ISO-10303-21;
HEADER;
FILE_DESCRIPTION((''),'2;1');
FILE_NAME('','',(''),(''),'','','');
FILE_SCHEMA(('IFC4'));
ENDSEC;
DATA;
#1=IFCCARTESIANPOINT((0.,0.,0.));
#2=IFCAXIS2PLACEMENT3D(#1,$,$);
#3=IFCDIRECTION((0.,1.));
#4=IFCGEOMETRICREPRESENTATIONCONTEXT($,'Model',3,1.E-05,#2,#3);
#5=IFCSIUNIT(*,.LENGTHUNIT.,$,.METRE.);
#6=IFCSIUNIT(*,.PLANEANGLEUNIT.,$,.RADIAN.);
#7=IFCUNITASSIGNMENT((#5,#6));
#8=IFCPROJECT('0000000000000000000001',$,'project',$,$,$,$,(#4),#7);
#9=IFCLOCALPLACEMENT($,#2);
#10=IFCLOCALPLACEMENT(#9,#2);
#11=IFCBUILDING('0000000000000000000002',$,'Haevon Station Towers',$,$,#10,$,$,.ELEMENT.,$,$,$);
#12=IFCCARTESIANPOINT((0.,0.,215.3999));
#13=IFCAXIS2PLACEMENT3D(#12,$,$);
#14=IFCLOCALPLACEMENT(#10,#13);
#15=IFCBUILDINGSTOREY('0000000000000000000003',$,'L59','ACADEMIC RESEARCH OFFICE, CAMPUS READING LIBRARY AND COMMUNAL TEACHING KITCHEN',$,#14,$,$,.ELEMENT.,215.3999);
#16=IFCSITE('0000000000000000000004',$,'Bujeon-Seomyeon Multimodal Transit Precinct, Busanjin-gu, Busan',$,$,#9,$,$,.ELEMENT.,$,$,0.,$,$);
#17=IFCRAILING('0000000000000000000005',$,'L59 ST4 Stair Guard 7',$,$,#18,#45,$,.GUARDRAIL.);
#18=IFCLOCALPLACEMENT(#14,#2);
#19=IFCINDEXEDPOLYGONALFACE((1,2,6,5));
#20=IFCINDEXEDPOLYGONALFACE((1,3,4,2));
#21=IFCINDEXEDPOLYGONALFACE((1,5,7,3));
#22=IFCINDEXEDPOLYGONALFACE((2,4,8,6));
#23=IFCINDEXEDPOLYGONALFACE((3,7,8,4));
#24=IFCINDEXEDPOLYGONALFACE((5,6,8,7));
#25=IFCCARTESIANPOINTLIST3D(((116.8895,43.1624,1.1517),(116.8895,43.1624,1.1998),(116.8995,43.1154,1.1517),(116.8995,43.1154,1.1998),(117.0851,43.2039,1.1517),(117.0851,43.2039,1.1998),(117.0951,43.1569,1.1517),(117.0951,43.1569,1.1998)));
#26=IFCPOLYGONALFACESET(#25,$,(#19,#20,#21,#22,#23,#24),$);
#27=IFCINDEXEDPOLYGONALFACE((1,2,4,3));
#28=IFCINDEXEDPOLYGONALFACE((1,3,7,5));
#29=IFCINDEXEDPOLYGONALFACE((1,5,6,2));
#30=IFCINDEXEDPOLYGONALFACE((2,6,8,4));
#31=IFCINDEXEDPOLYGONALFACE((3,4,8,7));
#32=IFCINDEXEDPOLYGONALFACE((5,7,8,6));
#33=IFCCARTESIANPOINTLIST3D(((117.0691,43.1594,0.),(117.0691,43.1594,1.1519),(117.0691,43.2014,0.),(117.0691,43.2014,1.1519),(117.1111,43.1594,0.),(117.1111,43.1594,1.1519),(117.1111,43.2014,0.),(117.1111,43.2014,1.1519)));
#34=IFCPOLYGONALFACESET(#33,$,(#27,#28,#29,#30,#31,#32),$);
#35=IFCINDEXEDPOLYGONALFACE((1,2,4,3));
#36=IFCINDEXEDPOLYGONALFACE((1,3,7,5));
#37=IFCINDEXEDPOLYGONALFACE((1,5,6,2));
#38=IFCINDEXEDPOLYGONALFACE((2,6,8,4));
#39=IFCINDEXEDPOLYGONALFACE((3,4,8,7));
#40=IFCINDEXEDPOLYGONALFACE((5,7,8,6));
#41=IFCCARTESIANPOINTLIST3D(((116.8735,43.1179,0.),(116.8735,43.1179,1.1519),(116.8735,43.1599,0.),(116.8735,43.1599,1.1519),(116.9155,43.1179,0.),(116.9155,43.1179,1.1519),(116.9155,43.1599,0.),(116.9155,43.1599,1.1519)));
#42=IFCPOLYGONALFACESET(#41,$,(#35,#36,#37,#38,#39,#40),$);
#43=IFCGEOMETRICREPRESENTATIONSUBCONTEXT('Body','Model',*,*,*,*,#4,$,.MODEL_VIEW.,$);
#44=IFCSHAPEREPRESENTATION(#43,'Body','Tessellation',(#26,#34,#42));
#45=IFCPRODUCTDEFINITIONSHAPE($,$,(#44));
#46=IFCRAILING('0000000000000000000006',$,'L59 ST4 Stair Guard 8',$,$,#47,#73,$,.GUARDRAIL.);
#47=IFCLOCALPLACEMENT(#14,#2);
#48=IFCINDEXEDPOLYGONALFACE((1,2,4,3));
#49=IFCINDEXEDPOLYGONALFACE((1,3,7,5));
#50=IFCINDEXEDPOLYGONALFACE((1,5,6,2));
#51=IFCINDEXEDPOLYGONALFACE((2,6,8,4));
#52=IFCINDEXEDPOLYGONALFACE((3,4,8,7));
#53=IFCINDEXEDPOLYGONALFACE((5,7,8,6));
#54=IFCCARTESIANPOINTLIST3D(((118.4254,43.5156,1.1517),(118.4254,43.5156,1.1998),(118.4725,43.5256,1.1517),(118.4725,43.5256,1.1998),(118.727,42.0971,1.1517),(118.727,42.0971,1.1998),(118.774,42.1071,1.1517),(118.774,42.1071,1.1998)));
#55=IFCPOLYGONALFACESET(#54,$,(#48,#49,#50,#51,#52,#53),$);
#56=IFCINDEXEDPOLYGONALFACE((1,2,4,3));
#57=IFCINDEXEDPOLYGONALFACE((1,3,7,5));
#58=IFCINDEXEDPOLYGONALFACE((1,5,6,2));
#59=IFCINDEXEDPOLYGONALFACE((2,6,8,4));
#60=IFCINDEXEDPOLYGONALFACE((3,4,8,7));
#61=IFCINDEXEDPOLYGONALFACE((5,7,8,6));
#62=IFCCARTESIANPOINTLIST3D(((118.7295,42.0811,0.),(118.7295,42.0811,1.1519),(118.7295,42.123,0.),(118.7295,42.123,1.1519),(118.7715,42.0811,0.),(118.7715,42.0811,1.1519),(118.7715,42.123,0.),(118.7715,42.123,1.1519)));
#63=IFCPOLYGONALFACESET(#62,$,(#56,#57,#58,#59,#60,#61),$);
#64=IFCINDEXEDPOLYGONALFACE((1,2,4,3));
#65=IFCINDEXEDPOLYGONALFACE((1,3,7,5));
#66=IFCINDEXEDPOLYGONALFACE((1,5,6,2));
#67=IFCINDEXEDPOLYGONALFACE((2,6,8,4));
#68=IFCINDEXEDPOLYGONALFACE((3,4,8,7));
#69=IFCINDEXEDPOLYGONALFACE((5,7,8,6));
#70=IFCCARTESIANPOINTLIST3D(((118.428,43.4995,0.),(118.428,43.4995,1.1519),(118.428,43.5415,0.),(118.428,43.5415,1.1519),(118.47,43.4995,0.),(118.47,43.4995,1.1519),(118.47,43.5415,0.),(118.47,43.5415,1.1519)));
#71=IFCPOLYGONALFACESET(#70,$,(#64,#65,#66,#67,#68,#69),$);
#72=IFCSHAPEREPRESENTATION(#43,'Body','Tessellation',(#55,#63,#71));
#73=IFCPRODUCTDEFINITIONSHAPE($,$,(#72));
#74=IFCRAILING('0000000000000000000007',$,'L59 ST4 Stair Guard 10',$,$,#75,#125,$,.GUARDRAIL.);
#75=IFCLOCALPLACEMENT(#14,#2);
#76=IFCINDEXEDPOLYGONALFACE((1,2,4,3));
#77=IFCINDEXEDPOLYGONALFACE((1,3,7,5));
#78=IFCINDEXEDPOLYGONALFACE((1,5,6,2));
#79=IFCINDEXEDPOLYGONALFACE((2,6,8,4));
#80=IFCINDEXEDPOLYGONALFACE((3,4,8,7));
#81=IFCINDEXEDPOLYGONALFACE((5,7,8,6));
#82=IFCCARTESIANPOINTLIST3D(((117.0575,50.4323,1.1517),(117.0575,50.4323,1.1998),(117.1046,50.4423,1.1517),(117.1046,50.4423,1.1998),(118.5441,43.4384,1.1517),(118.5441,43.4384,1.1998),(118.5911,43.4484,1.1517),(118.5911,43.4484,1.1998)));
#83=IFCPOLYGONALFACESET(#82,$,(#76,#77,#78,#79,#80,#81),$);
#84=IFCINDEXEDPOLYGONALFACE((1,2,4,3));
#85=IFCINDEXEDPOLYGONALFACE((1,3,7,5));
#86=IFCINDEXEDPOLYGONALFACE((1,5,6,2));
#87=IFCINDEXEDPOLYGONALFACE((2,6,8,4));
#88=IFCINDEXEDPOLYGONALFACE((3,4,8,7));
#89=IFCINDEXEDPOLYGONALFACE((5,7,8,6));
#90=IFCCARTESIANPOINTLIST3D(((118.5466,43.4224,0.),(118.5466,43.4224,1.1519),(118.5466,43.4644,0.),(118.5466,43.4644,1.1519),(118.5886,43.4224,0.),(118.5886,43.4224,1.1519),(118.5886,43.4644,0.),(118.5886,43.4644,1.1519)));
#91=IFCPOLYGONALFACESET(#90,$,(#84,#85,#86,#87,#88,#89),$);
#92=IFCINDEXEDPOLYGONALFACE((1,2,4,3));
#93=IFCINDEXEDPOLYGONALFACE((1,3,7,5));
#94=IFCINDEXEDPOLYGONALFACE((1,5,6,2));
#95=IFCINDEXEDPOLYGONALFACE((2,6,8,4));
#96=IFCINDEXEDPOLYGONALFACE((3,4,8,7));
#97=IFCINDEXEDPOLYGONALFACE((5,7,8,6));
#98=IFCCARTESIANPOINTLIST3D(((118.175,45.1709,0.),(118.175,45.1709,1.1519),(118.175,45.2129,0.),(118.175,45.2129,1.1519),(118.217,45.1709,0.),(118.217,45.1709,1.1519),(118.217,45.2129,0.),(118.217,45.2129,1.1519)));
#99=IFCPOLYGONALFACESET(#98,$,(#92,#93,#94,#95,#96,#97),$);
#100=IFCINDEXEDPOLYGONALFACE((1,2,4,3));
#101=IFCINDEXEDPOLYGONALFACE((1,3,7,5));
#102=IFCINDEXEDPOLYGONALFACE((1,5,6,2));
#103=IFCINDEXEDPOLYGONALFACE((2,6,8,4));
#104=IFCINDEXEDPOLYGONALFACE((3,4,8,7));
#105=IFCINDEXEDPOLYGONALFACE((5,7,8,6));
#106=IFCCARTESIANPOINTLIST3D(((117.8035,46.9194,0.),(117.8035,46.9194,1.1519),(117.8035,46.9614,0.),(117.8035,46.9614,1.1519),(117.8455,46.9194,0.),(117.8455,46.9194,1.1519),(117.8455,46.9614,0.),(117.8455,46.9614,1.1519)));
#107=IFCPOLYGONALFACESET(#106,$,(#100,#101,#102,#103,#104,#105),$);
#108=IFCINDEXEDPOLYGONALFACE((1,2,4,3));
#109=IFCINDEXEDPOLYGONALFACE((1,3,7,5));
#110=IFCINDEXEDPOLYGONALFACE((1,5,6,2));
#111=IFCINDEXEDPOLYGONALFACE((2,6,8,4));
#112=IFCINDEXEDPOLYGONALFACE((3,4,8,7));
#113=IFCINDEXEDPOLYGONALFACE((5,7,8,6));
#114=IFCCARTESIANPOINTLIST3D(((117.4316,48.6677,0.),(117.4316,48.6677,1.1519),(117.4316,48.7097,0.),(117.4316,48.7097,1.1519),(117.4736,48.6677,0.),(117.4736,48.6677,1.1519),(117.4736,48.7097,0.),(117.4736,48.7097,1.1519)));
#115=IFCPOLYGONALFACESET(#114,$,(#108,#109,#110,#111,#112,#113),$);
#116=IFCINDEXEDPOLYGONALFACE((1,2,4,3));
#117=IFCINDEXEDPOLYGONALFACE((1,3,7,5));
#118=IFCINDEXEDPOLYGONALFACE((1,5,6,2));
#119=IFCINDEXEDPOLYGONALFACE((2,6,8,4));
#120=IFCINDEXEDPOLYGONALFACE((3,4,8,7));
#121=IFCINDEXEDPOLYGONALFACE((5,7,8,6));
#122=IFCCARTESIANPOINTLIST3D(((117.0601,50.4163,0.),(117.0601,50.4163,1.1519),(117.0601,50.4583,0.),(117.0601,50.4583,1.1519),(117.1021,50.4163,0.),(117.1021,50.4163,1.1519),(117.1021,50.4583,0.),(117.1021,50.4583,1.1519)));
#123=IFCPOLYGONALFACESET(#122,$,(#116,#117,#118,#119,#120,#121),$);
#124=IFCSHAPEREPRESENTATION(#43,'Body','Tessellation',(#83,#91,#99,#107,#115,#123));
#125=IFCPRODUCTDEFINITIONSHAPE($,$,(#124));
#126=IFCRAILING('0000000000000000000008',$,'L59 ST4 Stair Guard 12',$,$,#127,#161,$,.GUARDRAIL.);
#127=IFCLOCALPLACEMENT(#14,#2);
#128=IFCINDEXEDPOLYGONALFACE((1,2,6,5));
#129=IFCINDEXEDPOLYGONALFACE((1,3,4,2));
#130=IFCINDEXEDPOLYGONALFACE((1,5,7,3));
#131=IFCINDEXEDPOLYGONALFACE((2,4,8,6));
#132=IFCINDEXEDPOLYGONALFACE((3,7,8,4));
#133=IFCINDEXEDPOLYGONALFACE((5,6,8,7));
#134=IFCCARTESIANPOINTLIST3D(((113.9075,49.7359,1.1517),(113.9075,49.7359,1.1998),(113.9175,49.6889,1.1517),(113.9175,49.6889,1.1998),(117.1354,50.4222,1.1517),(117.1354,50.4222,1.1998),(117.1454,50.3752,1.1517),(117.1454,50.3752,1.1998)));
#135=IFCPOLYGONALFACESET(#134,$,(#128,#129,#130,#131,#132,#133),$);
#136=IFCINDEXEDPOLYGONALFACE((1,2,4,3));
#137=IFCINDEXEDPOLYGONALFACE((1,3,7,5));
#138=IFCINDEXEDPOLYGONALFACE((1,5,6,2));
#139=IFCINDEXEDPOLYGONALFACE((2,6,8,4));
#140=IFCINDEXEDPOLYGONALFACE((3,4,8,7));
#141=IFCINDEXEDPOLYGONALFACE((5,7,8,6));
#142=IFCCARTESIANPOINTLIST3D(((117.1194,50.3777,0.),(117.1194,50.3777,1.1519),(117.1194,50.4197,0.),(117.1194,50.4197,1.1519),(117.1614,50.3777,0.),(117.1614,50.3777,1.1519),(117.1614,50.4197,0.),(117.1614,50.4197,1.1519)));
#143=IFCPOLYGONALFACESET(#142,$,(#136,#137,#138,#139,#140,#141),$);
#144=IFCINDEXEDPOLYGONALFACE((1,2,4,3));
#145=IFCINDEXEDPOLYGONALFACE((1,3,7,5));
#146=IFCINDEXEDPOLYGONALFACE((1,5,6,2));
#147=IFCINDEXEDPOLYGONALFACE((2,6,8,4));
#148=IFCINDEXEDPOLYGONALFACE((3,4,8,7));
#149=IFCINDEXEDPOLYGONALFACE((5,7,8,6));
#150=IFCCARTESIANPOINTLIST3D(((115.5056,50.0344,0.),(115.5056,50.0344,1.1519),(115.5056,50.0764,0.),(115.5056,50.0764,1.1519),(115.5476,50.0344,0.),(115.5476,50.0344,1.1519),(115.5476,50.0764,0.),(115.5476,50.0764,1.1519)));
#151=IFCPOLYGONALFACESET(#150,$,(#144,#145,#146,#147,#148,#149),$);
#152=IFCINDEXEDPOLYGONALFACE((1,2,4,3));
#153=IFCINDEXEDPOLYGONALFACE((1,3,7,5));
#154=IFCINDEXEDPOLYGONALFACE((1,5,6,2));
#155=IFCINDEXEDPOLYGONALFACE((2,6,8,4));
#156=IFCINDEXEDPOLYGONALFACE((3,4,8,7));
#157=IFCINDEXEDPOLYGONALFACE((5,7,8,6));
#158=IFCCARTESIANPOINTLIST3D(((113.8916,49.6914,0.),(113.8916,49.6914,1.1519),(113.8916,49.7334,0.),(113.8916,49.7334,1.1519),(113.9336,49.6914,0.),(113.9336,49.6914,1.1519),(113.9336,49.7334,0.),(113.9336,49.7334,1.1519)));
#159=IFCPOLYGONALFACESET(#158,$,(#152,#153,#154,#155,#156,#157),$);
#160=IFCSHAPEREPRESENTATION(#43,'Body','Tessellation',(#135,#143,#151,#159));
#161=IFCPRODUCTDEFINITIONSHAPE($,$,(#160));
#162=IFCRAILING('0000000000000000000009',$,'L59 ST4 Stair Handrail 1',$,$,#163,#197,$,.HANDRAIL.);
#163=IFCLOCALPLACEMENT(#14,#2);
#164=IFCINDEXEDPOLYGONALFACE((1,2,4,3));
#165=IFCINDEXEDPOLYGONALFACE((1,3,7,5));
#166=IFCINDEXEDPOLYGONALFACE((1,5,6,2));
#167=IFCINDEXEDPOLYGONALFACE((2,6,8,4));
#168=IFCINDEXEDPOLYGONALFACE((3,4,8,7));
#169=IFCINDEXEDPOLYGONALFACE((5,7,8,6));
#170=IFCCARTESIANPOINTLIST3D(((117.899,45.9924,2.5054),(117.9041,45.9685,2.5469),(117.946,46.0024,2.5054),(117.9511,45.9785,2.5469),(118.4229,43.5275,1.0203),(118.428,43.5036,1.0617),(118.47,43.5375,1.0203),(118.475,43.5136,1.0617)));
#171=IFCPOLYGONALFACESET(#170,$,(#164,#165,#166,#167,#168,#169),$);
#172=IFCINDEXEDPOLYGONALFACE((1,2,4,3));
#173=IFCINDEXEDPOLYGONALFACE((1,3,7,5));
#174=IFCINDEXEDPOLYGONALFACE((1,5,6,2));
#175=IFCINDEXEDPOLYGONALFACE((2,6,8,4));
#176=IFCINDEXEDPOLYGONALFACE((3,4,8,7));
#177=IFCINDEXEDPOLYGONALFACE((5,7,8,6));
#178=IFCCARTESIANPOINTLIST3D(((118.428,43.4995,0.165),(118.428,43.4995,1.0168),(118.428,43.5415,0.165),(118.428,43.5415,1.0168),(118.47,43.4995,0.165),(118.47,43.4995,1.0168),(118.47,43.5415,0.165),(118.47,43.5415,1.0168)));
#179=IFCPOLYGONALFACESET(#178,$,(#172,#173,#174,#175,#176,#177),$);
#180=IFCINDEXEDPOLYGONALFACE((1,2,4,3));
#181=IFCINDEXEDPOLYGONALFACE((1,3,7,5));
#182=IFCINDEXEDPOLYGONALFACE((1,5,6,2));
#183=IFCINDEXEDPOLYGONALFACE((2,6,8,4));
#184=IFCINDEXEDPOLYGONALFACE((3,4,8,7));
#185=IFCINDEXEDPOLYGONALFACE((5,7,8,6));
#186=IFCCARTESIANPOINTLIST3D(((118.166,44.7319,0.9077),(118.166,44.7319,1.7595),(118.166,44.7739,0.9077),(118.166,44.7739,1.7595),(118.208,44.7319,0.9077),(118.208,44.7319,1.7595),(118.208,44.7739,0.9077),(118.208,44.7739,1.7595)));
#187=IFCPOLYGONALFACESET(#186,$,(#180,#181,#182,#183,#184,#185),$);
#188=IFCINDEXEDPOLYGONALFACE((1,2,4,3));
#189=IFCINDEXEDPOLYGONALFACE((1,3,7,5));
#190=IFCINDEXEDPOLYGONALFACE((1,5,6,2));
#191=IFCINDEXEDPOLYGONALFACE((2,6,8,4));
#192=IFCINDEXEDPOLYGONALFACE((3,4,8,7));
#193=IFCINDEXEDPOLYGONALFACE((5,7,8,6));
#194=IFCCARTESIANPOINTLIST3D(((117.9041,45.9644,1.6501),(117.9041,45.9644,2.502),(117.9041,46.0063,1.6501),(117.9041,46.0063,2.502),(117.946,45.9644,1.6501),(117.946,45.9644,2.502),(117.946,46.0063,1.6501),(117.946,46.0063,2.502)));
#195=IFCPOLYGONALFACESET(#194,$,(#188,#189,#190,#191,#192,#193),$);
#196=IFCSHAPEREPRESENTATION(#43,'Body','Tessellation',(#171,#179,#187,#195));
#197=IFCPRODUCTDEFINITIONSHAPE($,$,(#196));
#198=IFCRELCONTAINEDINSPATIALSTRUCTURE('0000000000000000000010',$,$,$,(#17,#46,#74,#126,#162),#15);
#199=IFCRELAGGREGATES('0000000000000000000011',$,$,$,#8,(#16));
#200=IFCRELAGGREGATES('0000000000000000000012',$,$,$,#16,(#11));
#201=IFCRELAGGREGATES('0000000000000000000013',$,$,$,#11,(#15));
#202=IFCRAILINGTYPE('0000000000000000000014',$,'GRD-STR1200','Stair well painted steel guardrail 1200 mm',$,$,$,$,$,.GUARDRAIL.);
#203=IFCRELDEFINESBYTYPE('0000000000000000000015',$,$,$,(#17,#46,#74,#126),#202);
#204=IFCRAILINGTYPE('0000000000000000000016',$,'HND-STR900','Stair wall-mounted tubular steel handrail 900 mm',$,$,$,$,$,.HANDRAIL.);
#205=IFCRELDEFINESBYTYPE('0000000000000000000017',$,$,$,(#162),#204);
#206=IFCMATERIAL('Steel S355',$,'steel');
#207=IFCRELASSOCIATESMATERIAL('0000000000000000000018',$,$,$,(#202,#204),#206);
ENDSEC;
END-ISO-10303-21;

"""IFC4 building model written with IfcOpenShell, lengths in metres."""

from ifc_helpers import new_model, si_unit, direction, frame, origin, origin_2d, place, context, subcontext, project, spatial, rectangle, extrude, material, type_object, element, save


model = new_model("IFC4")

# Units and contexts
model_context = context("Model", 3, precision=1e-05, world=origin(), true_north=direction((0.0, 1.0)))
body_context = subcontext(model_context, "Body", "Model", "MODEL_VIEW")
ifc_project = project(units=[si_unit("LENGTHUNIT", "METRE"), si_unit("PLANEANGLEUNIT", "RADIAN")], contexts=[model_context])

# Site, building, storey
site_placement = place(None, origin())
site = spatial("IfcSite", under=ifc_project, at=site_placement, Name="Bujeon-Seomyeon Multimodal Transit Precinct, Busanjin-gu, Busan", CompositionType="ELEMENT", RefElevation=0.0)
building_placement = place(site_placement, origin())
building = spatial("IfcBuilding", under=site, at=building_placement, Name="Haevon Station Towers", CompositionType="ELEMENT")
storey_placement = place(building_placement, frame((0.0, 0.0, 215.3999)))
storey = spatial("IfcBuildingStorey", under=building, at=storey_placement, Name="L59", Description="ACADEMIC RESEARCH OFFICE, CAMPUS READING LIBRARY AND COMMUNAL TEACHING KITCHEN", CompositionType="ELEMENT", Elevation=215.3999)

# Shared definitions
ifc_material_1 = material(Name="Steel S355", Category="steel")

# Railings
railing_type_1 = type_object("IfcRailingType", Name="GRD-STR1200", Description="Stair well painted steel guardrail 1200 mm", PredefinedType="GUARDRAIL", material=ifc_material_1)
railing_1_placement = place(storey_placement, frame((117.0901, 43.1804, 0.0)))
element("IfcRailing", 1, at=railing_1_placement, inside=storey, type_object=railing_type_1, Name="L59 ST4 Stair Guard 7", PredefinedType="GUARDRAIL", context=body_context, shape_type="SweptSolid", body=[
    extrude(rectangle(XDim=0.0481, YDim=0.0481, at=origin_2d()), frame((0.0, 0.0, 1.1758), z_axis=(-0.978212, -0.20761, 0.0), x_axis=(0.20761, -0.978212, 0.0)), (0.0, 0.0, 1.0), 0.2),
    extrude(rectangle(XDim=0.042, YDim=0.042, at=origin_2d()), origin(), (0.0, 0.0, 1.0), 1.1519),
    extrude(rectangle(XDim=0.042, YDim=0.042, at=origin_2d()), frame((-0.1956, -0.0415, 0.0)), (0.0, 0.0, 1.0), 1.1519),
])
railing_2_placement = place(storey_placement, frame((118.7505, 42.1021, 0.0)))
element("IfcRailing", 2, at=railing_2_placement, inside=storey, type_object=railing_type_1, Name="L59 ST4 Stair Guard 8", PredefinedType="GUARDRAIL", context=body_context, shape_type="SweptSolid", body=[
    extrude(rectangle(XDim=0.0481, YDim=0.0481, at=origin_2d()), frame((0.0, 0.0, 1.1758), z_axis=(-0.207919, 0.978146, 0.0), x_axis=(-0.978146, -0.207919, 0.0)), (0.0, 0.0, 1.0), 1.4502),
    extrude(rectangle(XDim=0.042, YDim=0.042, at=origin_2d()), origin(), (0.0, 0.0, 1.0), 1.1519),
    extrude(rectangle(XDim=0.042, YDim=0.042, at=origin_2d()), frame((-0.3015, 1.4185, 0.0)), (0.0, 0.0, 1.0), 1.1519),
])
railing_3_placement = place(storey_placement, frame((118.5676, 43.4434, 0.0)))
element("IfcRailing", 3, at=railing_3_placement, inside=storey, type_object=railing_type_1, Name="L59 ST4 Stair Guard 10", PredefinedType="GUARDRAIL", context=body_context, shape_type="SweptSolid", body=[
    extrude(rectangle(XDim=0.0481, YDim=0.0481, at=origin_2d()), frame((0.0, 0.0, 1.1758), z_axis=(-0.207908, 0.978148, 0.0), x_axis=(-0.978148, -0.207908, 0.0)), (0.0, 0.0, 1.0), 7.1501),
    extrude(rectangle(XDim=0.042, YDim=0.042, at=origin_2d()), origin(), (0.0, 0.0, 1.0), 1.1519),
    extrude(rectangle(XDim=0.042, YDim=0.042, at=origin_2d()), frame((-0.3716, 1.7485, 0.0)), (0.0, 0.0, 1.0), 1.1519),
    extrude(rectangle(XDim=0.042, YDim=0.042, at=origin_2d()), frame((-0.7432, 3.4971, 0.0)), (0.0, 0.0, 1.0), 1.1519),
    extrude(rectangle(XDim=0.042, YDim=0.042, at=origin_2d()), frame((-1.115, 5.2454, 0.0)), (0.0, 0.0, 1.0), 1.1519),
    extrude(rectangle(XDim=0.042, YDim=0.042, at=origin_2d()), frame((-1.4866, 6.9939, 0.0)), (0.0, 0.0, 1.0), 1.1519),
])
railing_4_placement = place(storey_placement, frame((117.1404, 50.3987, 0.0)))
element("IfcRailing", 4, at=railing_4_placement, inside=storey, type_object=railing_type_1, Name="L59 ST4 Stair Guard 12", PredefinedType="GUARDRAIL", context=body_context, shape_type="SweptSolid", body=[
    extrude(rectangle(XDim=0.0481, YDim=0.0481, at=origin_2d()), frame((0.0, 0.0, 1.1758), z_axis=(-0.978136, -0.207968, 0.0), x_axis=(0.207968, -0.978136, 0.0)), (0.0, 0.0, 1.0), 3.3),
    extrude(rectangle(XDim=0.042, YDim=0.042, at=origin_2d()), origin(), (0.0, 0.0, 1.0), 1.1519),
    extrude(rectangle(XDim=0.042, YDim=0.042, at=origin_2d()), frame((-1.6138, -0.3433, 0.0)), (0.0, 0.0, 1.0), 1.1519),
    extrude(rectangle(XDim=0.042, YDim=0.042, at=origin_2d()), frame((-3.2278, -0.6863, 0.0)), (0.0, 0.0, 1.0), 1.1519),
])
railing_type_2 = type_object("IfcRailingType", Name="HND-STR900", Description="Stair wall-mounted tubular steel handrail 900 mm", PredefinedType="HANDRAIL", material=ifc_material_1)
railing_5_placement = place(storey_placement, frame((118.449, 43.5205, 0.165)))
element("IfcRailing", 5, at=railing_5_placement, inside=storey, type_object=railing_type_2, Name="L59 ST4 Stair Handrail 1", PredefinedType="HANDRAIL", context=body_context, shape_type="SweptSolid", body=[
    extrude(rectangle(XDim=0.0481, YDim=0.0481, at=origin_2d()), frame((0.0, 0.0, 0.876), z_axis=(-0.179121, 0.842688, 0.507733), x_axis=(-0.978147, -0.207914, 0.0)), (0.0, 0.0, 1.0), 2.925),
    extrude(rectangle(XDim=0.042, YDim=0.042, at=origin_2d()), origin(), (0.0, 0.0, 1.0), 0.8518),
    extrude(rectangle(XDim=0.042, YDim=0.042, at=origin_2d()), frame((-0.262, 1.2324, 0.7427)), (0.0, 0.0, 1.0), 0.8518),
    extrude(rectangle(XDim=0.042, YDim=0.042, at=origin_2d()), frame((-0.5239, 2.4648, 1.4851)), (0.0, 0.0, 1.0), 0.8518),
])

save(model, "model.ifc")
